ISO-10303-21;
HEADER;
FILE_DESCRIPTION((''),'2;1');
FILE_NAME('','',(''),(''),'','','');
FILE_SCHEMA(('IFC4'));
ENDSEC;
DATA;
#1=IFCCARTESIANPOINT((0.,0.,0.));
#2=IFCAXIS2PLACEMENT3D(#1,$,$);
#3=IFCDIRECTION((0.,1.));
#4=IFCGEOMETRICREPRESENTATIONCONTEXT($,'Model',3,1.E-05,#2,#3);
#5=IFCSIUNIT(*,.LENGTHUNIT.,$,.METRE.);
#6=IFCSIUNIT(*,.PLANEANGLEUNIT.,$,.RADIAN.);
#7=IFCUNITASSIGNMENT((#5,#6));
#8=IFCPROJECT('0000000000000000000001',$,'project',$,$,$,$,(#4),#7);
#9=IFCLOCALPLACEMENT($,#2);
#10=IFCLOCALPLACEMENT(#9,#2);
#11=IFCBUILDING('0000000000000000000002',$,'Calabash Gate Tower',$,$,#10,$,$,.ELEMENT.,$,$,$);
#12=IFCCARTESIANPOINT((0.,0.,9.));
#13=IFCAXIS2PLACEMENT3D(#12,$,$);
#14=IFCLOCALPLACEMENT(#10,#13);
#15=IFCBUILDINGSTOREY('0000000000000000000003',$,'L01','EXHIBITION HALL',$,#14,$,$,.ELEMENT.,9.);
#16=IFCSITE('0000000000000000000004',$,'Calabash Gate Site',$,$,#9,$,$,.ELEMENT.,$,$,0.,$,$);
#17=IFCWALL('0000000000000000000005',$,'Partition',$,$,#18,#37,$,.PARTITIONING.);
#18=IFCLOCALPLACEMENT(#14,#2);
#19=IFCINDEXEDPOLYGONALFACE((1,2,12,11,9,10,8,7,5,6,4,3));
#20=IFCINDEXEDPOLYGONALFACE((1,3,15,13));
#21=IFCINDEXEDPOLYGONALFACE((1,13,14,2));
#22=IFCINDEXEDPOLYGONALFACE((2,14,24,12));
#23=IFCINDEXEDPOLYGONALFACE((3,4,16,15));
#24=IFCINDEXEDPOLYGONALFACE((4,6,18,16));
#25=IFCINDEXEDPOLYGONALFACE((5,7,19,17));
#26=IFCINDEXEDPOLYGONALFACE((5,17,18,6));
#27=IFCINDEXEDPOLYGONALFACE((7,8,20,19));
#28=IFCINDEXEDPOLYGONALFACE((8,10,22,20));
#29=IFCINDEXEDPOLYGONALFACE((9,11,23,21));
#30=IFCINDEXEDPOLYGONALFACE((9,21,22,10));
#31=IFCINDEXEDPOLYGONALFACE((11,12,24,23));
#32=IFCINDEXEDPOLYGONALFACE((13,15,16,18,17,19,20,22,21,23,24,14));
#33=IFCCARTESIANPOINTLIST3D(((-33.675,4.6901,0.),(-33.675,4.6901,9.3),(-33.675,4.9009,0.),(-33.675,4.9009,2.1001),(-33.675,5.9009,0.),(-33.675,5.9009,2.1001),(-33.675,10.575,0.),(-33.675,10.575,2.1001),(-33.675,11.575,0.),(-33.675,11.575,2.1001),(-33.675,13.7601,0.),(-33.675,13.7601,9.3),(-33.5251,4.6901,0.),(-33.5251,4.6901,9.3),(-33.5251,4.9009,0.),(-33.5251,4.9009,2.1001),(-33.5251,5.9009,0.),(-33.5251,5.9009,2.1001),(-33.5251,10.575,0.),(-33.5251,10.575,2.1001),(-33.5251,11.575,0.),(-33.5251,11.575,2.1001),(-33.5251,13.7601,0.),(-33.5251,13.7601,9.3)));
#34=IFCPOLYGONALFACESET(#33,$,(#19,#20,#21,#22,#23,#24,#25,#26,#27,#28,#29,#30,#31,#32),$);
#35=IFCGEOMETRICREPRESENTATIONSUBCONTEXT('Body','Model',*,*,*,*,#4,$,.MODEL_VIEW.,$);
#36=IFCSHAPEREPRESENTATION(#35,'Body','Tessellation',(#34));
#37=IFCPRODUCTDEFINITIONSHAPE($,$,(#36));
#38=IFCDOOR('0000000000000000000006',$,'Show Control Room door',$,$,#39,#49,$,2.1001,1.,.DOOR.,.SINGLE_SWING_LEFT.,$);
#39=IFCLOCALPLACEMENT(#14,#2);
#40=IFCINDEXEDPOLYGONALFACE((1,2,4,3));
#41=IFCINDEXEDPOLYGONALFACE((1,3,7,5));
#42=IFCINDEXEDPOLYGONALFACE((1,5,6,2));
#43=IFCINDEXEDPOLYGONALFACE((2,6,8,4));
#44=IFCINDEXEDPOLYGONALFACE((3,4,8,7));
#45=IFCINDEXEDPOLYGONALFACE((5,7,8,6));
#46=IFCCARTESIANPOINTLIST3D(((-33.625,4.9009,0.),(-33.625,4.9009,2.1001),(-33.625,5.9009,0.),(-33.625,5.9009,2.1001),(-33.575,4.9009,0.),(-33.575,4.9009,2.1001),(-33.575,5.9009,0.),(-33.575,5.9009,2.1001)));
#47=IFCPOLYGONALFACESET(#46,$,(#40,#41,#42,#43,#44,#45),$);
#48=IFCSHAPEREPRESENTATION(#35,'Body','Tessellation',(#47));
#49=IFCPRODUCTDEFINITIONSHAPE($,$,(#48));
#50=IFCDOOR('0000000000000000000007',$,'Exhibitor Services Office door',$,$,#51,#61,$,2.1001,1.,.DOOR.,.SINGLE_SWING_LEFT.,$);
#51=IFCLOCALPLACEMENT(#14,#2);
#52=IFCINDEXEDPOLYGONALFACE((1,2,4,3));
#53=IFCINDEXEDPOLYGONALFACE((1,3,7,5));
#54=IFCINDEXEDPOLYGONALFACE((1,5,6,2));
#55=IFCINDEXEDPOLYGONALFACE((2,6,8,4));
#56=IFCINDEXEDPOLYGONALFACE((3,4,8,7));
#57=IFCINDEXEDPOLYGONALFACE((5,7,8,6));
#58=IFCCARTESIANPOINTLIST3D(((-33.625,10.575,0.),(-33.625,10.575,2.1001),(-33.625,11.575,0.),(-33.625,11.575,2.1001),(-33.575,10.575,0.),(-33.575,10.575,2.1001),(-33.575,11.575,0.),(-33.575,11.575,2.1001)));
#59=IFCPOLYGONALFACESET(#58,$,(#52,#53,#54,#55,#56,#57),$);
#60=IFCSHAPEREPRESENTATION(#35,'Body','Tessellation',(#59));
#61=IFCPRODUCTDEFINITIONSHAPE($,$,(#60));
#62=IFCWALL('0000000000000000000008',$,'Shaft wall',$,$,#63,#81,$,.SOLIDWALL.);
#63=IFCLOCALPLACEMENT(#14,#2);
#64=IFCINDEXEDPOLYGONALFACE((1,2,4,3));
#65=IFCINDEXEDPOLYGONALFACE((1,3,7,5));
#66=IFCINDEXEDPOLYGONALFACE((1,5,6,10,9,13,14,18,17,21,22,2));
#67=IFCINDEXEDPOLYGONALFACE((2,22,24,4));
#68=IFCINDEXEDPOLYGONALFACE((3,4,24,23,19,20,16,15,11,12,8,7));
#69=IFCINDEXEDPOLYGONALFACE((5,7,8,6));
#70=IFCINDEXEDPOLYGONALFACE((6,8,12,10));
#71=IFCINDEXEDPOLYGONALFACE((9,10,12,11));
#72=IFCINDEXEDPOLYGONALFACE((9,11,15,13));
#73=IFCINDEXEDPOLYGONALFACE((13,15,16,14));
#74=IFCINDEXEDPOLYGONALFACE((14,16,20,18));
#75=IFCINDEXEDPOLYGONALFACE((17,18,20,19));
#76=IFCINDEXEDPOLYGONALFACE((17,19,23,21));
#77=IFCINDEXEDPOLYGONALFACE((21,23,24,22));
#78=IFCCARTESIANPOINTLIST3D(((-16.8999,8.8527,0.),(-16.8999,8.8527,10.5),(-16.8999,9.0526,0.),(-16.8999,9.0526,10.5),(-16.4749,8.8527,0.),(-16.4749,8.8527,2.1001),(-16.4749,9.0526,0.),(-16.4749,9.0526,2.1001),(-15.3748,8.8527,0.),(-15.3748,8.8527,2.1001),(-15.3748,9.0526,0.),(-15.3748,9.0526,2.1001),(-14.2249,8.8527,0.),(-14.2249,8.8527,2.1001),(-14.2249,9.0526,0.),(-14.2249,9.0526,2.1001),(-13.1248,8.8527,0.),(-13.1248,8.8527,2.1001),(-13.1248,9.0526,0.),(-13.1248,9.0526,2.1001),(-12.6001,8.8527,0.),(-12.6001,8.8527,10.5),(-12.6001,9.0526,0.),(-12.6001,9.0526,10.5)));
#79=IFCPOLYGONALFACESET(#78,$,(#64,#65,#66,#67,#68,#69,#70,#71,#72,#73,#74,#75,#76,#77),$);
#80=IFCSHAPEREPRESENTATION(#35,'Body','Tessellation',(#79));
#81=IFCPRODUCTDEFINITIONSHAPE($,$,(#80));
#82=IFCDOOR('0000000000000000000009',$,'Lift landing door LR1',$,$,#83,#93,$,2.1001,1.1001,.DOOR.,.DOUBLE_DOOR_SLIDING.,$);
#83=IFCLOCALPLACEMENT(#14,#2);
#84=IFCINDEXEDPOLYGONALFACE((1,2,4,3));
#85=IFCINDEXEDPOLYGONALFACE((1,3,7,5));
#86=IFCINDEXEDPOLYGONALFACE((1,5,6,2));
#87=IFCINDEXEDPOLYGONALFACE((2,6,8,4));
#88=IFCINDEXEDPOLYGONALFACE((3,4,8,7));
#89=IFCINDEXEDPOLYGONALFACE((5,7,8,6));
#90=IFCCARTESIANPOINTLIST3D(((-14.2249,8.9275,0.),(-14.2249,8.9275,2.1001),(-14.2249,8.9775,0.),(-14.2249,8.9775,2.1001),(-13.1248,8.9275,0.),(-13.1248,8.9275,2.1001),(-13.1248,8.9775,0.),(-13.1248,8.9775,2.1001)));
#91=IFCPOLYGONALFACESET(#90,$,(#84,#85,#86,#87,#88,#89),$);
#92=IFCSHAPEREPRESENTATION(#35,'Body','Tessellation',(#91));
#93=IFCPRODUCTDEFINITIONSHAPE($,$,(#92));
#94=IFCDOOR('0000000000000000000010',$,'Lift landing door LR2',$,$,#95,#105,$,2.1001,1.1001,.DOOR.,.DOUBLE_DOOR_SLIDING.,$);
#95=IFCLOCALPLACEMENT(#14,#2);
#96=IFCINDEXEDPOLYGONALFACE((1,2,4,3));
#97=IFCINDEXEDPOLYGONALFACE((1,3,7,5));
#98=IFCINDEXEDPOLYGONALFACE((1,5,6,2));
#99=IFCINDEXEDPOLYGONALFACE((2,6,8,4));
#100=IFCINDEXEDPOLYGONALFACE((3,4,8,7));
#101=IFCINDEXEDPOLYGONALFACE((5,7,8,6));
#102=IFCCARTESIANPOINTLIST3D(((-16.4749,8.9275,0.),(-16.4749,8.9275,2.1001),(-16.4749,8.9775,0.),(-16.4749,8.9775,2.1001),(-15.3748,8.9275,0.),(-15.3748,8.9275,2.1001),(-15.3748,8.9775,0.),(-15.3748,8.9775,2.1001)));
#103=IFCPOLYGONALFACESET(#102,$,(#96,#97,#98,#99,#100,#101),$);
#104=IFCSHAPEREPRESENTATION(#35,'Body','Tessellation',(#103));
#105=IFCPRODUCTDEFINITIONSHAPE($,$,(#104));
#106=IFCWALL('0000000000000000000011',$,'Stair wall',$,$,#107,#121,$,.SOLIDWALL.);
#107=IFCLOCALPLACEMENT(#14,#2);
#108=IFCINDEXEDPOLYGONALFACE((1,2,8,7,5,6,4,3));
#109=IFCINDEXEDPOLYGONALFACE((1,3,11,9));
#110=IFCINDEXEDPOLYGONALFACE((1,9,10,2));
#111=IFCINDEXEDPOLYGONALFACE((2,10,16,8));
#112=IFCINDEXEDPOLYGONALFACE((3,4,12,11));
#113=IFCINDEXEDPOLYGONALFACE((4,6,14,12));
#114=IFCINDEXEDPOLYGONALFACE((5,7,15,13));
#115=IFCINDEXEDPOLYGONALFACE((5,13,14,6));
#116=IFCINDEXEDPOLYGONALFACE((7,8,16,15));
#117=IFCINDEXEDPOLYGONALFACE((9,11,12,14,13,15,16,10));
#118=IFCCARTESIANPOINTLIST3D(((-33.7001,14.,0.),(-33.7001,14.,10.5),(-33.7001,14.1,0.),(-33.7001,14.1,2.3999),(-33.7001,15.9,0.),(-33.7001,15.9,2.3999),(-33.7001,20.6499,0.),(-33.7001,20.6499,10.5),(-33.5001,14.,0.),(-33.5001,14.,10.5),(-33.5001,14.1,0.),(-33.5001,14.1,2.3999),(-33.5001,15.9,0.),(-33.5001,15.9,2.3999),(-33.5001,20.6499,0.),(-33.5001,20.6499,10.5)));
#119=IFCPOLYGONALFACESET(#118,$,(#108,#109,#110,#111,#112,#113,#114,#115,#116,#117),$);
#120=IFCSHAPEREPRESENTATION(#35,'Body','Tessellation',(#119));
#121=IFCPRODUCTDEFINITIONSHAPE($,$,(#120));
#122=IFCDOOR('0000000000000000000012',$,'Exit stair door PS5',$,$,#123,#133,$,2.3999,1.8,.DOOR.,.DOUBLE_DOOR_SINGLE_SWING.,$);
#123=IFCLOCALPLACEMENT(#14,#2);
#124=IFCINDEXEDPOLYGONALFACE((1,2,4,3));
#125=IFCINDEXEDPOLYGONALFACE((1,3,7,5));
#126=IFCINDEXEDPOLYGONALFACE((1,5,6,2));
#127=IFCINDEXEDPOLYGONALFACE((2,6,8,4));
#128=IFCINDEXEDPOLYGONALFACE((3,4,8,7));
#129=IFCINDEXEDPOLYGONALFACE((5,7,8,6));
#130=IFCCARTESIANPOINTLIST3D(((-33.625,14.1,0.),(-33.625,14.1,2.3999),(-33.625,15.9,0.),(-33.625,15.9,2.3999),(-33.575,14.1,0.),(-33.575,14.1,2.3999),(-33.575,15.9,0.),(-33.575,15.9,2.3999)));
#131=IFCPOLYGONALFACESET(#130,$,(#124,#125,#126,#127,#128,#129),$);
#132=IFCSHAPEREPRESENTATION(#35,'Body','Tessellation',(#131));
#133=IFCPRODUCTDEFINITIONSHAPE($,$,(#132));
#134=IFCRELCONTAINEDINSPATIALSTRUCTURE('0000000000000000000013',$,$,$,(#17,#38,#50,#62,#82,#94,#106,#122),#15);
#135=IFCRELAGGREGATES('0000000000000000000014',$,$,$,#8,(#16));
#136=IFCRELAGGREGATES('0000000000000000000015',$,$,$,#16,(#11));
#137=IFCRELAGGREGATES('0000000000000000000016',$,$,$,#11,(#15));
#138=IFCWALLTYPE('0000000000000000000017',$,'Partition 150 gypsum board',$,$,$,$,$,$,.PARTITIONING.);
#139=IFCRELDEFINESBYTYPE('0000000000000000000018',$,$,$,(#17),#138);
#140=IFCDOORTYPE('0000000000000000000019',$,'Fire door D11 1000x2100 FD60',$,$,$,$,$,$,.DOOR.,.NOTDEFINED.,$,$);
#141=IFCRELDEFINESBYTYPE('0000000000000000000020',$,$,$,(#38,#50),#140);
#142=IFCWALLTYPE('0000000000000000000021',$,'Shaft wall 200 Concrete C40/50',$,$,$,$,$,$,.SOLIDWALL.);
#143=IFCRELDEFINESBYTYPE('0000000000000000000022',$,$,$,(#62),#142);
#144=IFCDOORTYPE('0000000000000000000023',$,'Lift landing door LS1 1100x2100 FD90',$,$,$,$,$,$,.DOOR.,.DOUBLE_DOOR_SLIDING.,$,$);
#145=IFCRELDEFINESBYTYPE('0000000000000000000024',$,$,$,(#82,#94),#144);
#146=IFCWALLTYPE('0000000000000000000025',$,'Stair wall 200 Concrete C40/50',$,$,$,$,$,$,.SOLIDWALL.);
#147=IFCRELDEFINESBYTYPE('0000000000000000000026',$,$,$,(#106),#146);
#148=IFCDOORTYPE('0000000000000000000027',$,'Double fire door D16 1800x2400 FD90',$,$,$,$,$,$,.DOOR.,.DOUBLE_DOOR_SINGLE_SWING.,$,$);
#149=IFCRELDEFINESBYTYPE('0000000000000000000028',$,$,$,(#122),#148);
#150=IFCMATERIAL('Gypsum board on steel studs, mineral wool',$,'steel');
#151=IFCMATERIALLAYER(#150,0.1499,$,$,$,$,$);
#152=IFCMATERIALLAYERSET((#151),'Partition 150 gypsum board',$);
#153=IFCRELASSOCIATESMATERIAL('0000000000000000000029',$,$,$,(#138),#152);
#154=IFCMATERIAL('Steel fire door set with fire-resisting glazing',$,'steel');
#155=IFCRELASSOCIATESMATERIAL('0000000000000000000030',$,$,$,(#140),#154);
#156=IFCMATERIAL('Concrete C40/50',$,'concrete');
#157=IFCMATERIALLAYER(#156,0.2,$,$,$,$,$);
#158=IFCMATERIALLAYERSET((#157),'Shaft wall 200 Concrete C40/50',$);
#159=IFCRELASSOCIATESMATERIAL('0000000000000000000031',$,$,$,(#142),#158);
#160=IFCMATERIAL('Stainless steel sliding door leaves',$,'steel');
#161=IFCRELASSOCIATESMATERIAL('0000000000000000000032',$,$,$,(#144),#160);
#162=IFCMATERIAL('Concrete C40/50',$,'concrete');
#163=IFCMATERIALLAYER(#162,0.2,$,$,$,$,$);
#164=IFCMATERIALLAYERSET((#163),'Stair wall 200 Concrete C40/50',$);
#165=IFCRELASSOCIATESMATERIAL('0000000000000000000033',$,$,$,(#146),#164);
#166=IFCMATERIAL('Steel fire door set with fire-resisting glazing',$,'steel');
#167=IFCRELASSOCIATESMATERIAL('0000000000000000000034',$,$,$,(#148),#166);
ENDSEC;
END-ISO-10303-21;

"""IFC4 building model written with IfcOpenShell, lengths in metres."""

from ifc_helpers import new_model, si_unit, direction, frame, frame_2d, origin, place, context, subcontext, project, spatial, rectangle, extrude, material, layer, layer_set, type_object, element, fill, save


model = new_model("IFC4")

# Units and contexts
model_context = context("Model", 3, precision=1e-05, world=origin(), true_north=direction((0.0, 1.0)))
body_context = subcontext(model_context, "Body", "Model", "MODEL_VIEW")
ifc_project = project(units=[si_unit("LENGTHUNIT", "METRE"), si_unit("PLANEANGLEUNIT", "RADIAN")], contexts=[model_context])

# Site, building, storey
site_placement = place(None, origin())
site = spatial("IfcSite", under=ifc_project, at=site_placement, Name="Calabash Gate Site", CompositionType="ELEMENT", RefElevation=0.0)
building_placement = place(site_placement, origin())
building = spatial("IfcBuilding", under=site, at=building_placement, Name="Calabash Gate Tower", CompositionType="ELEMENT")
storey_placement = place(building_placement, frame((0.0, 0.0, 9.0)))
storey = spatial("IfcBuildingStorey", under=building, at=storey_placement, Name="L01", Description="EXHIBITION HALL", CompositionType="ELEMENT", Elevation=9.0)

# Walls, openings, doors
ifc_material_1 = material(Name="Gypsum board on steel studs, mineral wool", Category="steel")
ifc_layer_1 = layer(ifc_material_1, 0.1499)
ifc_layer_set_1 = layer_set([ifc_layer_1], Name="Partition 150 gypsum board")
wall_type_1 = type_object("IfcWallType", Name="Partition 150 gypsum board", PredefinedType="PARTITIONING", material=ifc_layer_set_1)
wall_1_placement = place(storey_placement, frame((-33.6001, 4.6899, 0.0), z_axis=(0.0, 0.0, 1.0), x_axis=(0.0, 1.0, 0.0)))
wall_1 = element("IfcWall", 1, at=wall_1_placement, inside=storey, type_object=wall_type_1, Name="Partition", PredefinedType="PARTITIONING", context=body_context, shape_type="SweptSolid", body=[
    extrude(rectangle(XDim=9.0701, YDim=0.1499, at=frame_2d((4.5352, 0.0))), origin(), (0.0, 0.0, 1.0), 9.3),
])
opening_1_placement = place(wall_1_placement, frame((0.2109, 0.0, 0.0)))
opening_1 = element("IfcOpeningElement", 2, at=opening_1_placement, cuts=wall_1, PredefinedType="OPENING", context=body_context, shape_type="SweptSolid", body=[
    extrude(rectangle(XDim=1.0, YDim=2.1001, at=frame_2d((0.5, 1.05))), frame((0.0, 0.085, 0.0), z_axis=(0.0, -1.0, 0.0), x_axis=(1.0, 0.0, 0.0)), (0.0, 0.0, 1.0), 0.1699),
])
opening_2_placement = place(wall_1_placement, frame((5.885, 0.0, 0.0)))
opening_2 = element("IfcOpeningElement", 3, at=opening_2_placement, cuts=wall_1, PredefinedType="OPENING", context=body_context, shape_type="SweptSolid", body=[
    extrude(rectangle(XDim=1.0, YDim=2.1001, at=frame_2d((0.5, 1.05))), frame((0.0, 0.085, 0.0), z_axis=(0.0, -1.0, 0.0), x_axis=(1.0, 0.0, 0.0)), (0.0, 0.0, 1.0), 0.1699),
])
ifc_material_2 = material(Name="Steel fire door set with fire-resisting glazing", Category="steel")
door_type_1 = type_object("IfcDoorType", Name="Fire door D11 1000x2100 FD60", OperationType="NOTDEFINED", PredefinedType="DOOR", material=ifc_material_2)
door_1_placement = place(opening_1_placement, origin())
door_1 = element("IfcDoor", 4, at=door_1_placement, inside=storey, type_object=door_type_1, Name="Show Control Room door", OperationType="SINGLE_SWING_LEFT", OverallHeight=2.1001, OverallWidth=1.0, PredefinedType="DOOR", context=body_context, shape_type="SweptSolid", body=[
    extrude(rectangle(XDim=1.0, YDim=2.1001, at=frame_2d((0.5, 1.05))), frame((0.0, 0.0249, 0.0), z_axis=(0.0, -1.0, 0.0), x_axis=(1.0, 0.0, 0.0)), (0.0, 0.0, 1.0), 0.05),
])
fill(opening_1, door_1)
door_2_placement = place(opening_2_placement, origin())
door_2 = element("IfcDoor", 5, at=door_2_placement, inside=storey, type_object=door_type_1, Name="Exhibitor Services Office door", OperationType="SINGLE_SWING_LEFT", OverallHeight=2.1001, OverallWidth=1.0, PredefinedType="DOOR", context=body_context, shape_type="SweptSolid", body=[
    extrude(rectangle(XDim=1.0, YDim=2.1001, at=frame_2d((0.5, 1.05))), frame((0.0, 0.0249, 0.0), z_axis=(0.0, -1.0, 0.0), x_axis=(1.0, 0.0, 0.0)), (0.0, 0.0, 1.0), 0.05),
])
fill(opening_2, door_2)
ifc_material_3 = material(Name="Concrete C40/50", Category="concrete")
ifc_layer_2 = layer(ifc_material_3, 0.2)
ifc_layer_set_2 = layer_set([ifc_layer_2], Name="Shaft wall 200 Concrete C40/50")
wall_type_2 = type_object("IfcWallType", Name="Shaft wall 200 Concrete C40/50", PredefinedType="SOLIDWALL", material=ifc_layer_set_2)
wall_2_placement = place(storey_placement, frame((-16.8999, 8.9526, 0.0), z_axis=(0.0, 0.0, 1.0), x_axis=(1.0, 0.0, 0.0)))
wall_2 = element("IfcWall", 6, at=wall_2_placement, inside=storey, type_object=wall_type_2, Name="Shaft wall", PredefinedType="SOLIDWALL", context=body_context, shape_type="SweptSolid", body=[
    extrude(rectangle(XDim=4.2998, YDim=0.2, at=frame_2d((2.1499, 0.0))), origin(), (0.0, 0.0, 1.0), 10.5),
])
opening_3_placement = place(wall_2_placement, frame((2.675, 0.0, 0.0)))
opening_3 = element("IfcOpeningElement", 7, at=opening_3_placement, cuts=wall_2, PredefinedType="OPENING", context=body_context, shape_type="SweptSolid", body=[
    extrude(rectangle(XDim=1.1001, YDim=2.1001, at=frame_2d((0.55, 1.05))), frame((0.0, 0.1099, 0.0), z_axis=(0.0, -1.0, 0.0), x_axis=(1.0, 0.0, 0.0)), (0.0, 0.0, 1.0), 0.22),
])
opening_4_placement = place(wall_2_placement, frame((0.425, 0.0, 0.0)))
opening_4 = element("IfcOpeningElement", 8, at=opening_4_placement, cuts=wall_2, PredefinedType="OPENING", context=body_context, shape_type="SweptSolid", body=[
    extrude(rectangle(XDim=1.1001, YDim=2.1001, at=frame_2d((0.55, 1.05))), frame((0.0, 0.1099, 0.0), z_axis=(0.0, -1.0, 0.0), x_axis=(1.0, 0.0, 0.0)), (0.0, 0.0, 1.0), 0.22),
])
ifc_material_4 = material(Name="Stainless steel sliding door leaves", Category="steel")
door_type_2 = type_object("IfcDoorType", Name="Lift landing door LS1 1100x2100 FD90", OperationType="DOUBLE_DOOR_SLIDING", PredefinedType="DOOR", material=ifc_material_4)
door_3_placement = place(opening_3_placement, origin())
door_3 = element("IfcDoor", 9, at=door_3_placement, inside=storey, type_object=door_type_2, Name="Lift landing door LR1", OperationType="DOUBLE_DOOR_SLIDING", OverallHeight=2.1001, OverallWidth=1.1001, PredefinedType="DOOR", context=body_context, shape_type="SweptSolid", body=[
    extrude(rectangle(XDim=1.1001, YDim=2.1001, at=frame_2d((0.55, 1.05))), frame((0.0, 0.0249, 0.0), z_axis=(0.0, -1.0, 0.0), x_axis=(1.0, 0.0, 0.0)), (0.0, 0.0, 1.0), 0.05),
])
fill(opening_3, door_3)
door_4_placement = place(opening_4_placement, origin())
door_4 = element("IfcDoor", 10, at=door_4_placement, inside=storey, type_object=door_type_2, Name="Lift landing door LR2", OperationType="DOUBLE_DOOR_SLIDING", OverallHeight=2.1001, OverallWidth=1.1001, PredefinedType="DOOR", context=body_context, shape_type="SweptSolid", body=[
    extrude(rectangle(XDim=1.1001, YDim=2.1001, at=frame_2d((0.55, 1.05))), frame((0.0, 0.0249, 0.0), z_axis=(0.0, -1.0, 0.0), x_axis=(1.0, 0.0, 0.0)), (0.0, 0.0, 1.0), 0.05),
])
fill(opening_4, door_4)

# Wall, opening, door
ifc_material_5 = material(Name="Concrete C40/50", Category="concrete")
ifc_layer_3 = layer(ifc_material_5, 0.2)
ifc_layer_set_3 = layer_set([ifc_layer_3], Name="Stair wall 200 Concrete C40/50")
wall_type_3 = type_object("IfcWallType", Name="Stair wall 200 Concrete C40/50", PredefinedType="SOLIDWALL", material=ifc_layer_set_3)
wall_3_placement = place(storey_placement, frame((-33.6001, 14.0, 0.0), z_axis=(0.0, 0.0, 1.0), x_axis=(0.0, 1.0, 0.0)))
wall_3 = element("IfcWall", 11, at=wall_3_placement, inside=storey, type_object=wall_type_3, Name="Stair wall", PredefinedType="SOLIDWALL", context=body_context, shape_type="SweptSolid", body=[
    extrude(rectangle(XDim=6.6499, YDim=0.2, at=frame_2d((3.325, 0.0))), origin(), (0.0, 0.0, 1.0), 10.5),
])
opening_5_placement = place(wall_3_placement, frame((0.1001, 0.0, 0.0)))
opening_5 = element("IfcOpeningElement", 12, at=opening_5_placement, cuts=wall_3, PredefinedType="OPENING", context=body_context, shape_type="SweptSolid", body=[
    extrude(rectangle(XDim=1.8, YDim=2.3999, at=frame_2d((0.8999, 1.2))), frame((0.0, 0.1099, 0.0), z_axis=(0.0, -1.0, 0.0), x_axis=(1.0, 0.0, 0.0)), (0.0, 0.0, 1.0), 0.22),
])
ifc_material_6 = material(Name="Steel fire door set with fire-resisting glazing", Category="steel")
door_type_3 = type_object("IfcDoorType", Name="Double fire door D16 1800x2400 FD90", OperationType="DOUBLE_DOOR_SINGLE_SWING", PredefinedType="DOOR", material=ifc_material_6)
door_5_placement = place(opening_5_placement, origin())
door_5 = element("IfcDoor", 13, at=door_5_placement, inside=storey, type_object=door_type_3, Name="Exit stair door PS5", OperationType="DOUBLE_DOOR_SINGLE_SWING", OverallHeight=2.3999, OverallWidth=1.8, PredefinedType="DOOR", context=body_context, shape_type="SweptSolid", body=[
    extrude(rectangle(XDim=1.8, YDim=2.3999, at=frame_2d((0.8999, 1.2))), frame((0.0, 0.0249, 0.0), z_axis=(0.0, -1.0, 0.0), x_axis=(1.0, 0.0, 0.0)), (0.0, 0.0, 1.0), 0.05),
])
fill(opening_5, door_5)

save(model, "model.ifc")
